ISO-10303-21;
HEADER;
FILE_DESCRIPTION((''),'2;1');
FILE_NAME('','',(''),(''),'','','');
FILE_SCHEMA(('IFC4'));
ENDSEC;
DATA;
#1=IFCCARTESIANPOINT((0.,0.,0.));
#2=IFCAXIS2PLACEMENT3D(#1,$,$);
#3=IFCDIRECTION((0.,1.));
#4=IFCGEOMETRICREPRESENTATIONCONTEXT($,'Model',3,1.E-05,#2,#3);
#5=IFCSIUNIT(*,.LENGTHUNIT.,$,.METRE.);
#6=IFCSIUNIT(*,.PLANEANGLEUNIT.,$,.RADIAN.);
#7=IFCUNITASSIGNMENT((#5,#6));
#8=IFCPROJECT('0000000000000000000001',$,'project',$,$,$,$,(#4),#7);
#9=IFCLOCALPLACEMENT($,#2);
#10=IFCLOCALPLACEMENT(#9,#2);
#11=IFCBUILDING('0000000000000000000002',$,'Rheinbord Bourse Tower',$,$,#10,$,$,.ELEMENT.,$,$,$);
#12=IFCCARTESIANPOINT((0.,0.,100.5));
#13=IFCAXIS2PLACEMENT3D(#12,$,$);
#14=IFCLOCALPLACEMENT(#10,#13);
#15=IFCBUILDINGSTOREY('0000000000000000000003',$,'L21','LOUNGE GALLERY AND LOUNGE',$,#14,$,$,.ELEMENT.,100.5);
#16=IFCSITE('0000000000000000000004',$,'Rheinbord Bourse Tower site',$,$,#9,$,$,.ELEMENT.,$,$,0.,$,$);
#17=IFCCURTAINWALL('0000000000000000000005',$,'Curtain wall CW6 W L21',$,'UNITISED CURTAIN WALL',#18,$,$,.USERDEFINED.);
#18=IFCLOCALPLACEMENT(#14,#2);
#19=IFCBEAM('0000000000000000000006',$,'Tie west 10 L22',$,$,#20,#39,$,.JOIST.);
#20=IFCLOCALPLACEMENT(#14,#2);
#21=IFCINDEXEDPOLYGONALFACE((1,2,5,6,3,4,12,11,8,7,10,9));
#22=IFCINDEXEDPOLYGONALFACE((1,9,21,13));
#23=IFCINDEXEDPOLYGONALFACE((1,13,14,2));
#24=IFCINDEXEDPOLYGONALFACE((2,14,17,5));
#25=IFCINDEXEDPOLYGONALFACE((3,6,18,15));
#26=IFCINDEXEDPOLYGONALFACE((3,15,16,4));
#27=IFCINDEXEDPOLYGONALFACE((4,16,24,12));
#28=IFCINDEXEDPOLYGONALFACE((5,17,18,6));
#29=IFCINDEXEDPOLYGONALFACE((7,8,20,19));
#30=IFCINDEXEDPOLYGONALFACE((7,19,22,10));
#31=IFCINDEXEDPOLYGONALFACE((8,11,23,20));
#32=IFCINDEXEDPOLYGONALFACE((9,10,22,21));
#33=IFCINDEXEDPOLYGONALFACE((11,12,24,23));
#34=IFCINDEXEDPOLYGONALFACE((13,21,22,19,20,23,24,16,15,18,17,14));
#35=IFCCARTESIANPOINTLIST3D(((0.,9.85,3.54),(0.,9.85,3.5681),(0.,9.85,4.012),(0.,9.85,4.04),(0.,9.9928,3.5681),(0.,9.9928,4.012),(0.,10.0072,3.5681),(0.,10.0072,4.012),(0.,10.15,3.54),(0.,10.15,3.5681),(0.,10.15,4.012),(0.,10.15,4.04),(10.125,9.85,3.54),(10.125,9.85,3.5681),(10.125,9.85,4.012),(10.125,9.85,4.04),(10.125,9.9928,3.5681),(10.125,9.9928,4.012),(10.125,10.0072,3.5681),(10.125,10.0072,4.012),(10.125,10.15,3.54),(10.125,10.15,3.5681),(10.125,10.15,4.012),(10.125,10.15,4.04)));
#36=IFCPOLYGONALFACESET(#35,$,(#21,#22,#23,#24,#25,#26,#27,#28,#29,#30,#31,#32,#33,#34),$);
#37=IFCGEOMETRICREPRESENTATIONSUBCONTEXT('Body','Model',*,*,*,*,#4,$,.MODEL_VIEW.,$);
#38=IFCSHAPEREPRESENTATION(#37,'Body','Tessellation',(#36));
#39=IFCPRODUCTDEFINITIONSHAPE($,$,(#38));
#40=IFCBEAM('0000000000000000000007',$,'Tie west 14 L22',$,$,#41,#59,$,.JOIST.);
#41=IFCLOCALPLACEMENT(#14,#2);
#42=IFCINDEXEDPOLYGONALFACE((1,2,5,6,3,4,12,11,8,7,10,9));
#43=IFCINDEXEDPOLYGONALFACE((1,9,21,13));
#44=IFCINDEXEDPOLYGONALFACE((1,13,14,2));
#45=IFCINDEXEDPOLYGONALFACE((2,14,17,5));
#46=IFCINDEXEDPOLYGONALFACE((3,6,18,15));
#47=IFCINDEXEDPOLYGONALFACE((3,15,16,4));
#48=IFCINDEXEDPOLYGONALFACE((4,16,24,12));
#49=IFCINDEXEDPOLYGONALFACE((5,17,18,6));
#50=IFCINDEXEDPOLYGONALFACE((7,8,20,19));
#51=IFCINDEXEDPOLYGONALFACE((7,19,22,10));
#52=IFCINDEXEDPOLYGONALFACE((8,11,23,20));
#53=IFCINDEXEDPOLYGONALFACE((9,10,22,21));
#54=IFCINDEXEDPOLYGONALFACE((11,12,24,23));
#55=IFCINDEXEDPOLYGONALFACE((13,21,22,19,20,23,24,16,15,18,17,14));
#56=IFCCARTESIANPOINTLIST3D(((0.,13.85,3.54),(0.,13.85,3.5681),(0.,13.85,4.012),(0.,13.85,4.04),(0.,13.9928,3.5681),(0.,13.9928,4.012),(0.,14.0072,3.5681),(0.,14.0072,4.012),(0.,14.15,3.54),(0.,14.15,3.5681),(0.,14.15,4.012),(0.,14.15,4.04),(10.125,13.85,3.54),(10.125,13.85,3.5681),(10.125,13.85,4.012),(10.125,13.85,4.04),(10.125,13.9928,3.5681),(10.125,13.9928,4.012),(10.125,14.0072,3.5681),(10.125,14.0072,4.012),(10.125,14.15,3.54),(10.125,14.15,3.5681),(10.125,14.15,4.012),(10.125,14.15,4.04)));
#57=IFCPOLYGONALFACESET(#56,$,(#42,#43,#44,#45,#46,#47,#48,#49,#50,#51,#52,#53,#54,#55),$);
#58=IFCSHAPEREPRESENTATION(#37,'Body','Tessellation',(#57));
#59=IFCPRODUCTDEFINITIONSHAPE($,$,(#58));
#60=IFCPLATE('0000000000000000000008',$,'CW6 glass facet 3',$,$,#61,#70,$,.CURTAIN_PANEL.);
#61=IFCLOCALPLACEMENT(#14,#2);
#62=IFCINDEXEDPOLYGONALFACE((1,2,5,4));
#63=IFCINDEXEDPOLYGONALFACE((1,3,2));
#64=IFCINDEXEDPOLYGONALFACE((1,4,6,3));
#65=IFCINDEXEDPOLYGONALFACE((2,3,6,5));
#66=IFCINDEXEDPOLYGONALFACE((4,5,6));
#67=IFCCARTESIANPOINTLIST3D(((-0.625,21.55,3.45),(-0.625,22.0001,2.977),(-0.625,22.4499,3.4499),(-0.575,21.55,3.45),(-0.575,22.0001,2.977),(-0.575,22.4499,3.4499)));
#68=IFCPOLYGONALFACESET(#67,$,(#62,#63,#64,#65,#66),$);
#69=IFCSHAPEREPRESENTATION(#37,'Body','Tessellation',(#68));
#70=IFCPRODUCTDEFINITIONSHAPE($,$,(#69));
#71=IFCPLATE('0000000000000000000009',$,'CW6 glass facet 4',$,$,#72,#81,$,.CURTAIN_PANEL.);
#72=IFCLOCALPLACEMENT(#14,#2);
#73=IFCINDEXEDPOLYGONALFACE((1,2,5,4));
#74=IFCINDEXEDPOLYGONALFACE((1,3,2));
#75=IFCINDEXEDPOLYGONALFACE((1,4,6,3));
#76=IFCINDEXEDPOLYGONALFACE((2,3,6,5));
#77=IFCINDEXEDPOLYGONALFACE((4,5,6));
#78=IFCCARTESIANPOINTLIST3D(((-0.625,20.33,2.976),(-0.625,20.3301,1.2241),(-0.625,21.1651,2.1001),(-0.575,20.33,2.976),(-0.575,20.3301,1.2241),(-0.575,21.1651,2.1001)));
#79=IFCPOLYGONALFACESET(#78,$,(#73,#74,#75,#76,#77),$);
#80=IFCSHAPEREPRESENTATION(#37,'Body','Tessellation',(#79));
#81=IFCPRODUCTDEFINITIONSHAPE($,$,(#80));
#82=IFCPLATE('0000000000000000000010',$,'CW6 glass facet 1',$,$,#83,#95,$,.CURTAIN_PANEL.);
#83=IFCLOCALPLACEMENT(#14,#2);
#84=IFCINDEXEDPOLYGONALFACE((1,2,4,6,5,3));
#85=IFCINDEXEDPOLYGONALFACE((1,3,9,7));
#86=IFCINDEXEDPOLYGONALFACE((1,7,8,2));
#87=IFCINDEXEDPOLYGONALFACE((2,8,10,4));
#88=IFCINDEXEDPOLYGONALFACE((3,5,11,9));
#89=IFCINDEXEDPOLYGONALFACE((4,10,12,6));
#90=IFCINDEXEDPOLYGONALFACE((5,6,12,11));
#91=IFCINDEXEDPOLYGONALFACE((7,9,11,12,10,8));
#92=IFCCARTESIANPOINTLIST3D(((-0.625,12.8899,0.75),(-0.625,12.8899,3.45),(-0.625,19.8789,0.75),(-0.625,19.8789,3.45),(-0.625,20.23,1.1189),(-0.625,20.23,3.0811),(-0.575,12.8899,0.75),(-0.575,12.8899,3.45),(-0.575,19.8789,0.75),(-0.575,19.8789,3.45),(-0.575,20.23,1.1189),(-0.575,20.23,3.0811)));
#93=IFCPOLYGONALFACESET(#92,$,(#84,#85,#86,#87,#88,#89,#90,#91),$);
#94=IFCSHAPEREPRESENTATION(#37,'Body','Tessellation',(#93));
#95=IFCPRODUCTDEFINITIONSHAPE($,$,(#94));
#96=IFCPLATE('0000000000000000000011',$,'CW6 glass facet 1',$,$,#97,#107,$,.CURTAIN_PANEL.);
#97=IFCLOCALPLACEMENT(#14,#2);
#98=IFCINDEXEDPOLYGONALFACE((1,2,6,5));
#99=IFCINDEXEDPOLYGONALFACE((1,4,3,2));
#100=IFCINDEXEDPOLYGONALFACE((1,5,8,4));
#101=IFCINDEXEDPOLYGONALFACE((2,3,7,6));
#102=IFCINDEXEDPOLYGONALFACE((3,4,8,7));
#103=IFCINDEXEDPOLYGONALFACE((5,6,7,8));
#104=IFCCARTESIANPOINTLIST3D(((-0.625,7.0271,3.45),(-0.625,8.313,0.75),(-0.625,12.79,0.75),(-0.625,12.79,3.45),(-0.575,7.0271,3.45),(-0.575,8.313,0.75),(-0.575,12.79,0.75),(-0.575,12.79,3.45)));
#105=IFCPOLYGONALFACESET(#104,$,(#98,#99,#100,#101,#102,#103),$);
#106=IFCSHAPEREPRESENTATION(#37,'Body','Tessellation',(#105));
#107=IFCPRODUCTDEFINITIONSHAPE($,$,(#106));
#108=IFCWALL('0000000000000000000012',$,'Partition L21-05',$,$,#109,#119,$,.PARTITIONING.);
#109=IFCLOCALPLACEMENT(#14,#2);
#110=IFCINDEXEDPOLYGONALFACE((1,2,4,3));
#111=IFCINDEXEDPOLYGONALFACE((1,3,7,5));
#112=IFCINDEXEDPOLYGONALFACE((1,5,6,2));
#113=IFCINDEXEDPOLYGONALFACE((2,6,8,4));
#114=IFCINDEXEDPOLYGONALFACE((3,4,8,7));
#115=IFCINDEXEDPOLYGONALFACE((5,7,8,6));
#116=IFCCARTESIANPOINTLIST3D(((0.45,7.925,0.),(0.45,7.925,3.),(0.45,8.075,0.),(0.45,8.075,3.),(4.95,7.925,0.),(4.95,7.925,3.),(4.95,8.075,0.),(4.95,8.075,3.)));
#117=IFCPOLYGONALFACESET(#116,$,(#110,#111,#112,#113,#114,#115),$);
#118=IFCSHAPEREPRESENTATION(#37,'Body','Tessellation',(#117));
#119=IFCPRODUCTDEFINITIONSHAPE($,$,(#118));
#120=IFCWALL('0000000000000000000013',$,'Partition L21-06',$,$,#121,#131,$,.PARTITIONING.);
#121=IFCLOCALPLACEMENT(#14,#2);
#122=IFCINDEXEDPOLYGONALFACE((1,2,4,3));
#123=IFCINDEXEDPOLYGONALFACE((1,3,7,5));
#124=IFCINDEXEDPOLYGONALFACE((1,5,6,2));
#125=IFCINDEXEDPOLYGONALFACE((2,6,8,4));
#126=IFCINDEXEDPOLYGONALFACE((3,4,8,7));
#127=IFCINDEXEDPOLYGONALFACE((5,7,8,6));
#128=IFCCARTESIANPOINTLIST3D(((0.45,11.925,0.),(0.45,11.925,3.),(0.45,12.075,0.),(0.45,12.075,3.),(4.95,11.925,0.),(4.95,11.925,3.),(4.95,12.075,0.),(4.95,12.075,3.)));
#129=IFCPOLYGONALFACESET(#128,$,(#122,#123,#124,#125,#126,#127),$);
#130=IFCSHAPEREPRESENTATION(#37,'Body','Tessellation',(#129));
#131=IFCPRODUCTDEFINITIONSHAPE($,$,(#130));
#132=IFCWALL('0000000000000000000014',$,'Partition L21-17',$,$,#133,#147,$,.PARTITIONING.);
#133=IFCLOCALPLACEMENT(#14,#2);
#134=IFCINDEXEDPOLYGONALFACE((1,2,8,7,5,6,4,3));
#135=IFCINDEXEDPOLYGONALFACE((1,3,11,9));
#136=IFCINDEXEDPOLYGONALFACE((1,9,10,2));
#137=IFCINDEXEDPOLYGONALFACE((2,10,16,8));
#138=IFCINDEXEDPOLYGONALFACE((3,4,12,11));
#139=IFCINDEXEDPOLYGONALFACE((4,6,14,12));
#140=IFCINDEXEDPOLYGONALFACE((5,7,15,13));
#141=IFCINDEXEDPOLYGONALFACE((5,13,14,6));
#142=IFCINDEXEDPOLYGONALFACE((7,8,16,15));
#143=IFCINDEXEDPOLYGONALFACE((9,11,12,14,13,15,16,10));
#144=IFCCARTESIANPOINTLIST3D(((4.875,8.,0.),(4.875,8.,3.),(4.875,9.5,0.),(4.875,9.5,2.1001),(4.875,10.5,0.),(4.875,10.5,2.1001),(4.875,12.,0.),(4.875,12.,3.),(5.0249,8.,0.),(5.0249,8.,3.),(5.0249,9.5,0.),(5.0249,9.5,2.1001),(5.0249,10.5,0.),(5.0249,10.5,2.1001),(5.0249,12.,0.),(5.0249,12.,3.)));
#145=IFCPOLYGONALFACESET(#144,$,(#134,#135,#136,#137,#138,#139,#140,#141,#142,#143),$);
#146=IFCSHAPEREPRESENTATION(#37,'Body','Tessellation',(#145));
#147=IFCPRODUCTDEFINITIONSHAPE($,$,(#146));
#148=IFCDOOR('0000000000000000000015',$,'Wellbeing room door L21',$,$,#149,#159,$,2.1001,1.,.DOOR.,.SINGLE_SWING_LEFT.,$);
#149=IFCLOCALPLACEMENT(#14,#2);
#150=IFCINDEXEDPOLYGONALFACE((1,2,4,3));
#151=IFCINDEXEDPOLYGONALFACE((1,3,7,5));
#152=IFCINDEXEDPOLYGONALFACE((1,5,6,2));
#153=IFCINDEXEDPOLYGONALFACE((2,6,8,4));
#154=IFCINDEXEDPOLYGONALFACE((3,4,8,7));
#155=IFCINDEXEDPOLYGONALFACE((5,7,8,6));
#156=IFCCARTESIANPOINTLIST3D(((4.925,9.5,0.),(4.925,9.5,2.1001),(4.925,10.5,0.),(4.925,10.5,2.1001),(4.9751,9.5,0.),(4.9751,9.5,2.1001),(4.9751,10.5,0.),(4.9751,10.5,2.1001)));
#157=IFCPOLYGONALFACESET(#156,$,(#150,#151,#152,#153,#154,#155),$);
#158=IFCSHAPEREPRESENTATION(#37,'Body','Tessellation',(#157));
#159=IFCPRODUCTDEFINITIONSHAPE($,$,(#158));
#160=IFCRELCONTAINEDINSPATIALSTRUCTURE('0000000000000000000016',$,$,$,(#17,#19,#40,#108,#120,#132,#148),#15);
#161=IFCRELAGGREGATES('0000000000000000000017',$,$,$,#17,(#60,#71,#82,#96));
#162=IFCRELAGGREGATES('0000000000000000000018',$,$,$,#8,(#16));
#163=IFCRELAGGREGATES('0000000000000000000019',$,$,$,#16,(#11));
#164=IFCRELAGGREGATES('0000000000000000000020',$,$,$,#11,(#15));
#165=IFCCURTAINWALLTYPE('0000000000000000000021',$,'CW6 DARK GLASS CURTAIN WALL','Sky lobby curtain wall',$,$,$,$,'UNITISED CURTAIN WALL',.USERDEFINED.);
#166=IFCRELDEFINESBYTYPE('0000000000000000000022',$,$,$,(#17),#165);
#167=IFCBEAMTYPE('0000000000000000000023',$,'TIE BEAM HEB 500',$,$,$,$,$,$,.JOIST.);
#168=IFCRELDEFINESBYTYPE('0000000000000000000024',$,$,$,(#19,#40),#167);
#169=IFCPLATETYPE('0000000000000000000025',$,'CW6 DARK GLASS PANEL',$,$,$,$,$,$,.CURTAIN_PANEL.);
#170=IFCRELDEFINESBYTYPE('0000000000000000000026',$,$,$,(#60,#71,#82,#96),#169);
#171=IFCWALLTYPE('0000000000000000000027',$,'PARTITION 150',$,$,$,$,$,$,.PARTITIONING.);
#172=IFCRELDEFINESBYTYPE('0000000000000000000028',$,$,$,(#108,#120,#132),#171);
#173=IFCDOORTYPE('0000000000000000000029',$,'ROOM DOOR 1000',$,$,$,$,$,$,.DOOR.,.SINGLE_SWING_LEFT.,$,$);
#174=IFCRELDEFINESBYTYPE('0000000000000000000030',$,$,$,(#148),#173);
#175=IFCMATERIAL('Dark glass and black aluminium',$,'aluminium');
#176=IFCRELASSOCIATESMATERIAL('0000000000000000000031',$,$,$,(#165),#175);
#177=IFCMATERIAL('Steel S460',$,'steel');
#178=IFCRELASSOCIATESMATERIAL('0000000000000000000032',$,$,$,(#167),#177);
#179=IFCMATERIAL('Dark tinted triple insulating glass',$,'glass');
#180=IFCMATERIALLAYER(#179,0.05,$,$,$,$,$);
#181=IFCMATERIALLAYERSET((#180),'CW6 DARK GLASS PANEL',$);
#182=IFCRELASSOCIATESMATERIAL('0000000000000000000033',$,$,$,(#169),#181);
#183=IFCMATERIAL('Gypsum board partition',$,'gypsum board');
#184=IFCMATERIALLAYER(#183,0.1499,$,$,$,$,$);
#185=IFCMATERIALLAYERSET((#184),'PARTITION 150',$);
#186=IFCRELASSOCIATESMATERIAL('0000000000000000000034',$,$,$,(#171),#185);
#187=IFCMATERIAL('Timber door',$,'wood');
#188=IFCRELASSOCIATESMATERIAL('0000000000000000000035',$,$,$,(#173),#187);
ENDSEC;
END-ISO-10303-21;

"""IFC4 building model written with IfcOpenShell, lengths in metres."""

from ifc_helpers import new_model, si_unit, direction, frame, frame_2d, origin, origin_2d, place, context, subcontext, project, spatial, polyline, rectangle, i_section, outline, extrude, material, layer, layer_set, material_profile, profile_set, type_object, element, fill, aggregate, save


model = new_model("IFC4")

# Units and contexts
model_context = context("Model", 3, precision=1e-05, world=origin(), true_north=direction((0.0, 1.0)))
body_context = subcontext(model_context, "Body", "Model", "MODEL_VIEW")
ifc_project = project(units=[si_unit("LENGTHUNIT", "METRE"), si_unit("PLANEANGLEUNIT", "RADIAN")], contexts=[model_context])

# Site, building, storey
site_placement = place(None, origin())
site = spatial("IfcSite", under=ifc_project, at=site_placement, Name="Rheinbord Bourse Tower site", CompositionType="ELEMENT", RefElevation=0.0)
building_placement = place(site_placement, origin())
building = spatial("IfcBuilding", under=site, at=building_placement, Name="Rheinbord Bourse Tower", CompositionType="ELEMENT")
storey_placement = place(building_placement, frame((0.0, 0.0, 100.5)))
storey = spatial("IfcBuildingStorey", under=building, at=storey_placement, Name="L21", Description="LOUNGE GALLERY AND LOUNGE", CompositionType="ELEMENT", Elevation=100.5)

# Curtain wall
ifc_material_1 = material(Name="Dark glass and black aluminium", Category="aluminium")
curtain_wall_type = type_object("IfcCurtainWallType", Name="CW6 DARK GLASS CURTAIN WALL", Description="Sky lobby curtain wall", ElementType="UNITISED CURTAIN WALL", PredefinedType="USERDEFINED", material=ifc_material_1)
curtain_wall_placement = place(storey_placement, origin())
curtain_wall = element("IfcCurtainWall", 1, at=curtain_wall_placement, inside=storey, type_object=curtain_wall_type, Name="Curtain wall CW6 W L21", ObjectType="UNITISED CURTAIN WALL", PredefinedType="USERDEFINED")

# Beams
ifc_material_2 = material(Name="Steel S460", Category="steel")
ifc_material_profile_1 = material_profile(ifc_material_2, i_section(OverallWidth=0.3, OverallDepth=0.5, WebThickness=0.0144, FlangeThickness=0.0281, at=origin_2d()), Name="HEB 500")
ifc_profile_set_1 = profile_set([ifc_material_profile_1], Name="Steel S460")
beam_type_1 = type_object("IfcBeamType", Name="TIE BEAM HEB 500", PredefinedType="JOIST", material=ifc_profile_set_1)
for number, where, z_axis, x_axis, name in (
    (2, (0.0, 10.0, 3.79), (1.0, 0.0, 0.0), (0.0, 1.0, 0.0), "Tie west 10 L22"),
    (3, (0.0, 14.0, 3.79), (1.0, 0.0, 0.0), (0.0, 1.0, 0.0), "Tie west 14 L22"),
):
    element("IfcBeam", number, at=place(storey_placement, frame(where, z_axis=z_axis, x_axis=x_axis)), inside=storey, type_object=beam_type_1, Name=name, PredefinedType="JOIST", context=body_context, shape_type="SweptSolid", body=[
        extrude(i_section(OverallWidth=0.3, OverallDepth=0.5, WebThickness=0.0144, FlangeThickness=0.0281, at=origin_2d()), origin(), (0.0, 0.0, 1.0), 10.125),
    ])

# Plates
ifc_material_3 = material(Name="Dark tinted triple insulating glass", Category="glass")
ifc_layer_1 = layer(ifc_material_3, 0.05)
ifc_layer_set_1 = layer_set([ifc_layer_1], Name="CW6 DARK GLASS PANEL")
plate_type = type_object("IfcPlateType", Name="CW6 DARK GLASS PANEL", PredefinedType="CURTAIN_PANEL", material=ifc_layer_set_1)
plate_1_placement = place(storey_placement, frame((-0.625, 21.55, 3.45), z_axis=(1.0, 0.0, 0.0), x_axis=(0.0, 0.68931, -0.724467)))
plate_1 = element("IfcPlate", 4, at=plate_1_placement, type_object=plate_type, Name="CW6 glass facet 3", PredefinedType="CURTAIN_PANEL", context=body_context, shape_type="SweptSolid", body=[
    extrude(outline(polyline([(0.0, 0.0), (0.6528, 0.0), (0.6204, 0.6519), (0.0, 0.0)])), origin(), (0.0, 0.0, 1.0), 0.05),
])
plate_2_placement = place(storey_placement, frame((-0.625, 20.3301, 1.2241), z_axis=(1.0, 0.0, 0.0), x_axis=(0.0, 0.689957, 0.72385)))
plate_2 = element("IfcPlate", 5, at=plate_2_placement, type_object=plate_type, Name="CW6 glass facet 4", PredefinedType="CURTAIN_PANEL", context=body_context, shape_type="SweptSolid", body=[
    extrude(outline(polyline([(0.0, 0.0), (1.2102, 0.0), (1.2681, 1.2087), (0.0, 0.0)])), origin(), (0.0, 0.0, 1.0), 0.05),
])
plate_3_placement = place(storey_placement, frame((-0.625, 12.8899, 3.45), z_axis=(1.0, 0.0, 0.0), x_axis=(0.0, 0.0, -1.0)))
plate_3 = element("IfcPlate", 6, at=plate_3_placement, type_object=plate_type, Name="CW6 glass facet 1", PredefinedType="CURTAIN_PANEL", context=body_context, shape_type="SweptSolid", body=[
    extrude(outline(polyline([(0.0, 0.0), (2.7, 0.0), (2.7, 6.989), (2.3311, 7.3401), (0.3689, 7.3401), (0.0, 6.989), (0.0, 0.0)])), origin(), (0.0, 0.0, 1.0), 0.05),
])
plate_4_placement = place(storey_placement, frame((-0.625, 12.79, 0.75), z_axis=(1.0, 0.0, 0.0), x_axis=(0.0, 0.0, 1.0)))
plate_4 = element("IfcPlate", 7, at=plate_4_placement, type_object=plate_type, Name="CW6 glass facet 1", PredefinedType="CURTAIN_PANEL", context=body_context, shape_type="SweptSolid", body=[
    extrude(outline(polyline([(0.0, 0.0), (2.7, 0.0), (2.7, 5.7629), (0.0, 4.4771), (0.0, 0.0)])), origin(), (0.0, 0.0, 1.0), 0.05),
])
aggregate(curtain_wall, [plate_1, plate_2, plate_3, plate_4])

# Walls
ifc_material_4 = material(Name="Gypsum board partition", Category="gypsum board")
ifc_layer_2 = layer(ifc_material_4, 0.1499)
ifc_layer_set_2 = layer_set([ifc_layer_2], Name="PARTITION 150")
wall_type = type_object("IfcWallType", Name="PARTITION 150", PredefinedType="PARTITIONING", material=ifc_layer_set_2)
for number, where, z_axis, x_axis, name in (
    (8, (0.45, 8.0, 0.0), (0.0, 0.0, 1.0), (1.0, 0.0, 0.0), "Partition L21-05"),
    (9, (0.45, 12.0, 0.0), (0.0, 0.0, 1.0), (1.0, 0.0, 0.0), "Partition L21-06"),
):
    element("IfcWall", number, at=place(storey_placement, frame(where, z_axis=z_axis, x_axis=x_axis)), inside=storey, type_object=wall_type, Name=name, PredefinedType="PARTITIONING", context=body_context, shape_type="SweptSolid", body=[
        extrude(rectangle(XDim=4.5, YDim=0.1499, at=frame_2d((2.25, 0.0))), origin(), (0.0, 0.0, 1.0), 3.0),
    ])

# Wall, opening, door
wall_placement = place(storey_placement, frame((4.95, 8.0, 0.0), z_axis=(0.0, 0.0, 1.0), x_axis=(0.0, 1.0, 0.0)))
wall = element("IfcWall", 10, at=wall_placement, inside=storey, type_object=wall_type, Name="Partition L21-17", PredefinedType="PARTITIONING", context=body_context, shape_type="SweptSolid", body=[
    extrude(rectangle(XDim=4.0, YDim=0.1499, at=frame_2d((2.0, 0.0))), origin(), (0.0, 0.0, 1.0), 3.0),
])
opening_placement = place(wall_placement, frame((1.5, 0.0, 0.0)))
opening = element("IfcOpeningElement", 11, at=opening_placement, cuts=wall, PredefinedType="OPENING", context=body_context, shape_type="SweptSolid", body=[
    extrude(rectangle(XDim=1.0, YDim=2.1001, at=frame_2d((0.5, 1.05))), frame((0.0, 0.085, 0.0), z_axis=(0.0, -1.0, 0.0), x_axis=(1.0, 0.0, 0.0)), (0.0, 0.0, 1.0), 0.1699),
])
ifc_material_5 = material(Name="Timber door", Category="wood")
door_type = type_object("IfcDoorType", Name="ROOM DOOR 1000", OperationType="SINGLE_SWING_LEFT", PredefinedType="DOOR", material=ifc_material_5)
door_placement = place(opening_placement, origin())
door = element("IfcDoor", 12, at=door_placement, inside=storey, type_object=door_type, Name="Wellbeing room door L21", OperationType="SINGLE_SWING_LEFT", OverallHeight=2.1001, OverallWidth=1.0, PredefinedType="DOOR", context=body_context, shape_type="SweptSolid", body=[
    extrude(rectangle(XDim=1.0, YDim=2.1001, at=frame_2d((0.5, 1.05))), frame((0.0, 0.0249, 0.0), z_axis=(0.0, -1.0, 0.0), x_axis=(1.0, 0.0, 0.0)), (0.0, 0.0, 1.0), 0.05),
])
fill(opening, door)

save(model, "model.ifc")
